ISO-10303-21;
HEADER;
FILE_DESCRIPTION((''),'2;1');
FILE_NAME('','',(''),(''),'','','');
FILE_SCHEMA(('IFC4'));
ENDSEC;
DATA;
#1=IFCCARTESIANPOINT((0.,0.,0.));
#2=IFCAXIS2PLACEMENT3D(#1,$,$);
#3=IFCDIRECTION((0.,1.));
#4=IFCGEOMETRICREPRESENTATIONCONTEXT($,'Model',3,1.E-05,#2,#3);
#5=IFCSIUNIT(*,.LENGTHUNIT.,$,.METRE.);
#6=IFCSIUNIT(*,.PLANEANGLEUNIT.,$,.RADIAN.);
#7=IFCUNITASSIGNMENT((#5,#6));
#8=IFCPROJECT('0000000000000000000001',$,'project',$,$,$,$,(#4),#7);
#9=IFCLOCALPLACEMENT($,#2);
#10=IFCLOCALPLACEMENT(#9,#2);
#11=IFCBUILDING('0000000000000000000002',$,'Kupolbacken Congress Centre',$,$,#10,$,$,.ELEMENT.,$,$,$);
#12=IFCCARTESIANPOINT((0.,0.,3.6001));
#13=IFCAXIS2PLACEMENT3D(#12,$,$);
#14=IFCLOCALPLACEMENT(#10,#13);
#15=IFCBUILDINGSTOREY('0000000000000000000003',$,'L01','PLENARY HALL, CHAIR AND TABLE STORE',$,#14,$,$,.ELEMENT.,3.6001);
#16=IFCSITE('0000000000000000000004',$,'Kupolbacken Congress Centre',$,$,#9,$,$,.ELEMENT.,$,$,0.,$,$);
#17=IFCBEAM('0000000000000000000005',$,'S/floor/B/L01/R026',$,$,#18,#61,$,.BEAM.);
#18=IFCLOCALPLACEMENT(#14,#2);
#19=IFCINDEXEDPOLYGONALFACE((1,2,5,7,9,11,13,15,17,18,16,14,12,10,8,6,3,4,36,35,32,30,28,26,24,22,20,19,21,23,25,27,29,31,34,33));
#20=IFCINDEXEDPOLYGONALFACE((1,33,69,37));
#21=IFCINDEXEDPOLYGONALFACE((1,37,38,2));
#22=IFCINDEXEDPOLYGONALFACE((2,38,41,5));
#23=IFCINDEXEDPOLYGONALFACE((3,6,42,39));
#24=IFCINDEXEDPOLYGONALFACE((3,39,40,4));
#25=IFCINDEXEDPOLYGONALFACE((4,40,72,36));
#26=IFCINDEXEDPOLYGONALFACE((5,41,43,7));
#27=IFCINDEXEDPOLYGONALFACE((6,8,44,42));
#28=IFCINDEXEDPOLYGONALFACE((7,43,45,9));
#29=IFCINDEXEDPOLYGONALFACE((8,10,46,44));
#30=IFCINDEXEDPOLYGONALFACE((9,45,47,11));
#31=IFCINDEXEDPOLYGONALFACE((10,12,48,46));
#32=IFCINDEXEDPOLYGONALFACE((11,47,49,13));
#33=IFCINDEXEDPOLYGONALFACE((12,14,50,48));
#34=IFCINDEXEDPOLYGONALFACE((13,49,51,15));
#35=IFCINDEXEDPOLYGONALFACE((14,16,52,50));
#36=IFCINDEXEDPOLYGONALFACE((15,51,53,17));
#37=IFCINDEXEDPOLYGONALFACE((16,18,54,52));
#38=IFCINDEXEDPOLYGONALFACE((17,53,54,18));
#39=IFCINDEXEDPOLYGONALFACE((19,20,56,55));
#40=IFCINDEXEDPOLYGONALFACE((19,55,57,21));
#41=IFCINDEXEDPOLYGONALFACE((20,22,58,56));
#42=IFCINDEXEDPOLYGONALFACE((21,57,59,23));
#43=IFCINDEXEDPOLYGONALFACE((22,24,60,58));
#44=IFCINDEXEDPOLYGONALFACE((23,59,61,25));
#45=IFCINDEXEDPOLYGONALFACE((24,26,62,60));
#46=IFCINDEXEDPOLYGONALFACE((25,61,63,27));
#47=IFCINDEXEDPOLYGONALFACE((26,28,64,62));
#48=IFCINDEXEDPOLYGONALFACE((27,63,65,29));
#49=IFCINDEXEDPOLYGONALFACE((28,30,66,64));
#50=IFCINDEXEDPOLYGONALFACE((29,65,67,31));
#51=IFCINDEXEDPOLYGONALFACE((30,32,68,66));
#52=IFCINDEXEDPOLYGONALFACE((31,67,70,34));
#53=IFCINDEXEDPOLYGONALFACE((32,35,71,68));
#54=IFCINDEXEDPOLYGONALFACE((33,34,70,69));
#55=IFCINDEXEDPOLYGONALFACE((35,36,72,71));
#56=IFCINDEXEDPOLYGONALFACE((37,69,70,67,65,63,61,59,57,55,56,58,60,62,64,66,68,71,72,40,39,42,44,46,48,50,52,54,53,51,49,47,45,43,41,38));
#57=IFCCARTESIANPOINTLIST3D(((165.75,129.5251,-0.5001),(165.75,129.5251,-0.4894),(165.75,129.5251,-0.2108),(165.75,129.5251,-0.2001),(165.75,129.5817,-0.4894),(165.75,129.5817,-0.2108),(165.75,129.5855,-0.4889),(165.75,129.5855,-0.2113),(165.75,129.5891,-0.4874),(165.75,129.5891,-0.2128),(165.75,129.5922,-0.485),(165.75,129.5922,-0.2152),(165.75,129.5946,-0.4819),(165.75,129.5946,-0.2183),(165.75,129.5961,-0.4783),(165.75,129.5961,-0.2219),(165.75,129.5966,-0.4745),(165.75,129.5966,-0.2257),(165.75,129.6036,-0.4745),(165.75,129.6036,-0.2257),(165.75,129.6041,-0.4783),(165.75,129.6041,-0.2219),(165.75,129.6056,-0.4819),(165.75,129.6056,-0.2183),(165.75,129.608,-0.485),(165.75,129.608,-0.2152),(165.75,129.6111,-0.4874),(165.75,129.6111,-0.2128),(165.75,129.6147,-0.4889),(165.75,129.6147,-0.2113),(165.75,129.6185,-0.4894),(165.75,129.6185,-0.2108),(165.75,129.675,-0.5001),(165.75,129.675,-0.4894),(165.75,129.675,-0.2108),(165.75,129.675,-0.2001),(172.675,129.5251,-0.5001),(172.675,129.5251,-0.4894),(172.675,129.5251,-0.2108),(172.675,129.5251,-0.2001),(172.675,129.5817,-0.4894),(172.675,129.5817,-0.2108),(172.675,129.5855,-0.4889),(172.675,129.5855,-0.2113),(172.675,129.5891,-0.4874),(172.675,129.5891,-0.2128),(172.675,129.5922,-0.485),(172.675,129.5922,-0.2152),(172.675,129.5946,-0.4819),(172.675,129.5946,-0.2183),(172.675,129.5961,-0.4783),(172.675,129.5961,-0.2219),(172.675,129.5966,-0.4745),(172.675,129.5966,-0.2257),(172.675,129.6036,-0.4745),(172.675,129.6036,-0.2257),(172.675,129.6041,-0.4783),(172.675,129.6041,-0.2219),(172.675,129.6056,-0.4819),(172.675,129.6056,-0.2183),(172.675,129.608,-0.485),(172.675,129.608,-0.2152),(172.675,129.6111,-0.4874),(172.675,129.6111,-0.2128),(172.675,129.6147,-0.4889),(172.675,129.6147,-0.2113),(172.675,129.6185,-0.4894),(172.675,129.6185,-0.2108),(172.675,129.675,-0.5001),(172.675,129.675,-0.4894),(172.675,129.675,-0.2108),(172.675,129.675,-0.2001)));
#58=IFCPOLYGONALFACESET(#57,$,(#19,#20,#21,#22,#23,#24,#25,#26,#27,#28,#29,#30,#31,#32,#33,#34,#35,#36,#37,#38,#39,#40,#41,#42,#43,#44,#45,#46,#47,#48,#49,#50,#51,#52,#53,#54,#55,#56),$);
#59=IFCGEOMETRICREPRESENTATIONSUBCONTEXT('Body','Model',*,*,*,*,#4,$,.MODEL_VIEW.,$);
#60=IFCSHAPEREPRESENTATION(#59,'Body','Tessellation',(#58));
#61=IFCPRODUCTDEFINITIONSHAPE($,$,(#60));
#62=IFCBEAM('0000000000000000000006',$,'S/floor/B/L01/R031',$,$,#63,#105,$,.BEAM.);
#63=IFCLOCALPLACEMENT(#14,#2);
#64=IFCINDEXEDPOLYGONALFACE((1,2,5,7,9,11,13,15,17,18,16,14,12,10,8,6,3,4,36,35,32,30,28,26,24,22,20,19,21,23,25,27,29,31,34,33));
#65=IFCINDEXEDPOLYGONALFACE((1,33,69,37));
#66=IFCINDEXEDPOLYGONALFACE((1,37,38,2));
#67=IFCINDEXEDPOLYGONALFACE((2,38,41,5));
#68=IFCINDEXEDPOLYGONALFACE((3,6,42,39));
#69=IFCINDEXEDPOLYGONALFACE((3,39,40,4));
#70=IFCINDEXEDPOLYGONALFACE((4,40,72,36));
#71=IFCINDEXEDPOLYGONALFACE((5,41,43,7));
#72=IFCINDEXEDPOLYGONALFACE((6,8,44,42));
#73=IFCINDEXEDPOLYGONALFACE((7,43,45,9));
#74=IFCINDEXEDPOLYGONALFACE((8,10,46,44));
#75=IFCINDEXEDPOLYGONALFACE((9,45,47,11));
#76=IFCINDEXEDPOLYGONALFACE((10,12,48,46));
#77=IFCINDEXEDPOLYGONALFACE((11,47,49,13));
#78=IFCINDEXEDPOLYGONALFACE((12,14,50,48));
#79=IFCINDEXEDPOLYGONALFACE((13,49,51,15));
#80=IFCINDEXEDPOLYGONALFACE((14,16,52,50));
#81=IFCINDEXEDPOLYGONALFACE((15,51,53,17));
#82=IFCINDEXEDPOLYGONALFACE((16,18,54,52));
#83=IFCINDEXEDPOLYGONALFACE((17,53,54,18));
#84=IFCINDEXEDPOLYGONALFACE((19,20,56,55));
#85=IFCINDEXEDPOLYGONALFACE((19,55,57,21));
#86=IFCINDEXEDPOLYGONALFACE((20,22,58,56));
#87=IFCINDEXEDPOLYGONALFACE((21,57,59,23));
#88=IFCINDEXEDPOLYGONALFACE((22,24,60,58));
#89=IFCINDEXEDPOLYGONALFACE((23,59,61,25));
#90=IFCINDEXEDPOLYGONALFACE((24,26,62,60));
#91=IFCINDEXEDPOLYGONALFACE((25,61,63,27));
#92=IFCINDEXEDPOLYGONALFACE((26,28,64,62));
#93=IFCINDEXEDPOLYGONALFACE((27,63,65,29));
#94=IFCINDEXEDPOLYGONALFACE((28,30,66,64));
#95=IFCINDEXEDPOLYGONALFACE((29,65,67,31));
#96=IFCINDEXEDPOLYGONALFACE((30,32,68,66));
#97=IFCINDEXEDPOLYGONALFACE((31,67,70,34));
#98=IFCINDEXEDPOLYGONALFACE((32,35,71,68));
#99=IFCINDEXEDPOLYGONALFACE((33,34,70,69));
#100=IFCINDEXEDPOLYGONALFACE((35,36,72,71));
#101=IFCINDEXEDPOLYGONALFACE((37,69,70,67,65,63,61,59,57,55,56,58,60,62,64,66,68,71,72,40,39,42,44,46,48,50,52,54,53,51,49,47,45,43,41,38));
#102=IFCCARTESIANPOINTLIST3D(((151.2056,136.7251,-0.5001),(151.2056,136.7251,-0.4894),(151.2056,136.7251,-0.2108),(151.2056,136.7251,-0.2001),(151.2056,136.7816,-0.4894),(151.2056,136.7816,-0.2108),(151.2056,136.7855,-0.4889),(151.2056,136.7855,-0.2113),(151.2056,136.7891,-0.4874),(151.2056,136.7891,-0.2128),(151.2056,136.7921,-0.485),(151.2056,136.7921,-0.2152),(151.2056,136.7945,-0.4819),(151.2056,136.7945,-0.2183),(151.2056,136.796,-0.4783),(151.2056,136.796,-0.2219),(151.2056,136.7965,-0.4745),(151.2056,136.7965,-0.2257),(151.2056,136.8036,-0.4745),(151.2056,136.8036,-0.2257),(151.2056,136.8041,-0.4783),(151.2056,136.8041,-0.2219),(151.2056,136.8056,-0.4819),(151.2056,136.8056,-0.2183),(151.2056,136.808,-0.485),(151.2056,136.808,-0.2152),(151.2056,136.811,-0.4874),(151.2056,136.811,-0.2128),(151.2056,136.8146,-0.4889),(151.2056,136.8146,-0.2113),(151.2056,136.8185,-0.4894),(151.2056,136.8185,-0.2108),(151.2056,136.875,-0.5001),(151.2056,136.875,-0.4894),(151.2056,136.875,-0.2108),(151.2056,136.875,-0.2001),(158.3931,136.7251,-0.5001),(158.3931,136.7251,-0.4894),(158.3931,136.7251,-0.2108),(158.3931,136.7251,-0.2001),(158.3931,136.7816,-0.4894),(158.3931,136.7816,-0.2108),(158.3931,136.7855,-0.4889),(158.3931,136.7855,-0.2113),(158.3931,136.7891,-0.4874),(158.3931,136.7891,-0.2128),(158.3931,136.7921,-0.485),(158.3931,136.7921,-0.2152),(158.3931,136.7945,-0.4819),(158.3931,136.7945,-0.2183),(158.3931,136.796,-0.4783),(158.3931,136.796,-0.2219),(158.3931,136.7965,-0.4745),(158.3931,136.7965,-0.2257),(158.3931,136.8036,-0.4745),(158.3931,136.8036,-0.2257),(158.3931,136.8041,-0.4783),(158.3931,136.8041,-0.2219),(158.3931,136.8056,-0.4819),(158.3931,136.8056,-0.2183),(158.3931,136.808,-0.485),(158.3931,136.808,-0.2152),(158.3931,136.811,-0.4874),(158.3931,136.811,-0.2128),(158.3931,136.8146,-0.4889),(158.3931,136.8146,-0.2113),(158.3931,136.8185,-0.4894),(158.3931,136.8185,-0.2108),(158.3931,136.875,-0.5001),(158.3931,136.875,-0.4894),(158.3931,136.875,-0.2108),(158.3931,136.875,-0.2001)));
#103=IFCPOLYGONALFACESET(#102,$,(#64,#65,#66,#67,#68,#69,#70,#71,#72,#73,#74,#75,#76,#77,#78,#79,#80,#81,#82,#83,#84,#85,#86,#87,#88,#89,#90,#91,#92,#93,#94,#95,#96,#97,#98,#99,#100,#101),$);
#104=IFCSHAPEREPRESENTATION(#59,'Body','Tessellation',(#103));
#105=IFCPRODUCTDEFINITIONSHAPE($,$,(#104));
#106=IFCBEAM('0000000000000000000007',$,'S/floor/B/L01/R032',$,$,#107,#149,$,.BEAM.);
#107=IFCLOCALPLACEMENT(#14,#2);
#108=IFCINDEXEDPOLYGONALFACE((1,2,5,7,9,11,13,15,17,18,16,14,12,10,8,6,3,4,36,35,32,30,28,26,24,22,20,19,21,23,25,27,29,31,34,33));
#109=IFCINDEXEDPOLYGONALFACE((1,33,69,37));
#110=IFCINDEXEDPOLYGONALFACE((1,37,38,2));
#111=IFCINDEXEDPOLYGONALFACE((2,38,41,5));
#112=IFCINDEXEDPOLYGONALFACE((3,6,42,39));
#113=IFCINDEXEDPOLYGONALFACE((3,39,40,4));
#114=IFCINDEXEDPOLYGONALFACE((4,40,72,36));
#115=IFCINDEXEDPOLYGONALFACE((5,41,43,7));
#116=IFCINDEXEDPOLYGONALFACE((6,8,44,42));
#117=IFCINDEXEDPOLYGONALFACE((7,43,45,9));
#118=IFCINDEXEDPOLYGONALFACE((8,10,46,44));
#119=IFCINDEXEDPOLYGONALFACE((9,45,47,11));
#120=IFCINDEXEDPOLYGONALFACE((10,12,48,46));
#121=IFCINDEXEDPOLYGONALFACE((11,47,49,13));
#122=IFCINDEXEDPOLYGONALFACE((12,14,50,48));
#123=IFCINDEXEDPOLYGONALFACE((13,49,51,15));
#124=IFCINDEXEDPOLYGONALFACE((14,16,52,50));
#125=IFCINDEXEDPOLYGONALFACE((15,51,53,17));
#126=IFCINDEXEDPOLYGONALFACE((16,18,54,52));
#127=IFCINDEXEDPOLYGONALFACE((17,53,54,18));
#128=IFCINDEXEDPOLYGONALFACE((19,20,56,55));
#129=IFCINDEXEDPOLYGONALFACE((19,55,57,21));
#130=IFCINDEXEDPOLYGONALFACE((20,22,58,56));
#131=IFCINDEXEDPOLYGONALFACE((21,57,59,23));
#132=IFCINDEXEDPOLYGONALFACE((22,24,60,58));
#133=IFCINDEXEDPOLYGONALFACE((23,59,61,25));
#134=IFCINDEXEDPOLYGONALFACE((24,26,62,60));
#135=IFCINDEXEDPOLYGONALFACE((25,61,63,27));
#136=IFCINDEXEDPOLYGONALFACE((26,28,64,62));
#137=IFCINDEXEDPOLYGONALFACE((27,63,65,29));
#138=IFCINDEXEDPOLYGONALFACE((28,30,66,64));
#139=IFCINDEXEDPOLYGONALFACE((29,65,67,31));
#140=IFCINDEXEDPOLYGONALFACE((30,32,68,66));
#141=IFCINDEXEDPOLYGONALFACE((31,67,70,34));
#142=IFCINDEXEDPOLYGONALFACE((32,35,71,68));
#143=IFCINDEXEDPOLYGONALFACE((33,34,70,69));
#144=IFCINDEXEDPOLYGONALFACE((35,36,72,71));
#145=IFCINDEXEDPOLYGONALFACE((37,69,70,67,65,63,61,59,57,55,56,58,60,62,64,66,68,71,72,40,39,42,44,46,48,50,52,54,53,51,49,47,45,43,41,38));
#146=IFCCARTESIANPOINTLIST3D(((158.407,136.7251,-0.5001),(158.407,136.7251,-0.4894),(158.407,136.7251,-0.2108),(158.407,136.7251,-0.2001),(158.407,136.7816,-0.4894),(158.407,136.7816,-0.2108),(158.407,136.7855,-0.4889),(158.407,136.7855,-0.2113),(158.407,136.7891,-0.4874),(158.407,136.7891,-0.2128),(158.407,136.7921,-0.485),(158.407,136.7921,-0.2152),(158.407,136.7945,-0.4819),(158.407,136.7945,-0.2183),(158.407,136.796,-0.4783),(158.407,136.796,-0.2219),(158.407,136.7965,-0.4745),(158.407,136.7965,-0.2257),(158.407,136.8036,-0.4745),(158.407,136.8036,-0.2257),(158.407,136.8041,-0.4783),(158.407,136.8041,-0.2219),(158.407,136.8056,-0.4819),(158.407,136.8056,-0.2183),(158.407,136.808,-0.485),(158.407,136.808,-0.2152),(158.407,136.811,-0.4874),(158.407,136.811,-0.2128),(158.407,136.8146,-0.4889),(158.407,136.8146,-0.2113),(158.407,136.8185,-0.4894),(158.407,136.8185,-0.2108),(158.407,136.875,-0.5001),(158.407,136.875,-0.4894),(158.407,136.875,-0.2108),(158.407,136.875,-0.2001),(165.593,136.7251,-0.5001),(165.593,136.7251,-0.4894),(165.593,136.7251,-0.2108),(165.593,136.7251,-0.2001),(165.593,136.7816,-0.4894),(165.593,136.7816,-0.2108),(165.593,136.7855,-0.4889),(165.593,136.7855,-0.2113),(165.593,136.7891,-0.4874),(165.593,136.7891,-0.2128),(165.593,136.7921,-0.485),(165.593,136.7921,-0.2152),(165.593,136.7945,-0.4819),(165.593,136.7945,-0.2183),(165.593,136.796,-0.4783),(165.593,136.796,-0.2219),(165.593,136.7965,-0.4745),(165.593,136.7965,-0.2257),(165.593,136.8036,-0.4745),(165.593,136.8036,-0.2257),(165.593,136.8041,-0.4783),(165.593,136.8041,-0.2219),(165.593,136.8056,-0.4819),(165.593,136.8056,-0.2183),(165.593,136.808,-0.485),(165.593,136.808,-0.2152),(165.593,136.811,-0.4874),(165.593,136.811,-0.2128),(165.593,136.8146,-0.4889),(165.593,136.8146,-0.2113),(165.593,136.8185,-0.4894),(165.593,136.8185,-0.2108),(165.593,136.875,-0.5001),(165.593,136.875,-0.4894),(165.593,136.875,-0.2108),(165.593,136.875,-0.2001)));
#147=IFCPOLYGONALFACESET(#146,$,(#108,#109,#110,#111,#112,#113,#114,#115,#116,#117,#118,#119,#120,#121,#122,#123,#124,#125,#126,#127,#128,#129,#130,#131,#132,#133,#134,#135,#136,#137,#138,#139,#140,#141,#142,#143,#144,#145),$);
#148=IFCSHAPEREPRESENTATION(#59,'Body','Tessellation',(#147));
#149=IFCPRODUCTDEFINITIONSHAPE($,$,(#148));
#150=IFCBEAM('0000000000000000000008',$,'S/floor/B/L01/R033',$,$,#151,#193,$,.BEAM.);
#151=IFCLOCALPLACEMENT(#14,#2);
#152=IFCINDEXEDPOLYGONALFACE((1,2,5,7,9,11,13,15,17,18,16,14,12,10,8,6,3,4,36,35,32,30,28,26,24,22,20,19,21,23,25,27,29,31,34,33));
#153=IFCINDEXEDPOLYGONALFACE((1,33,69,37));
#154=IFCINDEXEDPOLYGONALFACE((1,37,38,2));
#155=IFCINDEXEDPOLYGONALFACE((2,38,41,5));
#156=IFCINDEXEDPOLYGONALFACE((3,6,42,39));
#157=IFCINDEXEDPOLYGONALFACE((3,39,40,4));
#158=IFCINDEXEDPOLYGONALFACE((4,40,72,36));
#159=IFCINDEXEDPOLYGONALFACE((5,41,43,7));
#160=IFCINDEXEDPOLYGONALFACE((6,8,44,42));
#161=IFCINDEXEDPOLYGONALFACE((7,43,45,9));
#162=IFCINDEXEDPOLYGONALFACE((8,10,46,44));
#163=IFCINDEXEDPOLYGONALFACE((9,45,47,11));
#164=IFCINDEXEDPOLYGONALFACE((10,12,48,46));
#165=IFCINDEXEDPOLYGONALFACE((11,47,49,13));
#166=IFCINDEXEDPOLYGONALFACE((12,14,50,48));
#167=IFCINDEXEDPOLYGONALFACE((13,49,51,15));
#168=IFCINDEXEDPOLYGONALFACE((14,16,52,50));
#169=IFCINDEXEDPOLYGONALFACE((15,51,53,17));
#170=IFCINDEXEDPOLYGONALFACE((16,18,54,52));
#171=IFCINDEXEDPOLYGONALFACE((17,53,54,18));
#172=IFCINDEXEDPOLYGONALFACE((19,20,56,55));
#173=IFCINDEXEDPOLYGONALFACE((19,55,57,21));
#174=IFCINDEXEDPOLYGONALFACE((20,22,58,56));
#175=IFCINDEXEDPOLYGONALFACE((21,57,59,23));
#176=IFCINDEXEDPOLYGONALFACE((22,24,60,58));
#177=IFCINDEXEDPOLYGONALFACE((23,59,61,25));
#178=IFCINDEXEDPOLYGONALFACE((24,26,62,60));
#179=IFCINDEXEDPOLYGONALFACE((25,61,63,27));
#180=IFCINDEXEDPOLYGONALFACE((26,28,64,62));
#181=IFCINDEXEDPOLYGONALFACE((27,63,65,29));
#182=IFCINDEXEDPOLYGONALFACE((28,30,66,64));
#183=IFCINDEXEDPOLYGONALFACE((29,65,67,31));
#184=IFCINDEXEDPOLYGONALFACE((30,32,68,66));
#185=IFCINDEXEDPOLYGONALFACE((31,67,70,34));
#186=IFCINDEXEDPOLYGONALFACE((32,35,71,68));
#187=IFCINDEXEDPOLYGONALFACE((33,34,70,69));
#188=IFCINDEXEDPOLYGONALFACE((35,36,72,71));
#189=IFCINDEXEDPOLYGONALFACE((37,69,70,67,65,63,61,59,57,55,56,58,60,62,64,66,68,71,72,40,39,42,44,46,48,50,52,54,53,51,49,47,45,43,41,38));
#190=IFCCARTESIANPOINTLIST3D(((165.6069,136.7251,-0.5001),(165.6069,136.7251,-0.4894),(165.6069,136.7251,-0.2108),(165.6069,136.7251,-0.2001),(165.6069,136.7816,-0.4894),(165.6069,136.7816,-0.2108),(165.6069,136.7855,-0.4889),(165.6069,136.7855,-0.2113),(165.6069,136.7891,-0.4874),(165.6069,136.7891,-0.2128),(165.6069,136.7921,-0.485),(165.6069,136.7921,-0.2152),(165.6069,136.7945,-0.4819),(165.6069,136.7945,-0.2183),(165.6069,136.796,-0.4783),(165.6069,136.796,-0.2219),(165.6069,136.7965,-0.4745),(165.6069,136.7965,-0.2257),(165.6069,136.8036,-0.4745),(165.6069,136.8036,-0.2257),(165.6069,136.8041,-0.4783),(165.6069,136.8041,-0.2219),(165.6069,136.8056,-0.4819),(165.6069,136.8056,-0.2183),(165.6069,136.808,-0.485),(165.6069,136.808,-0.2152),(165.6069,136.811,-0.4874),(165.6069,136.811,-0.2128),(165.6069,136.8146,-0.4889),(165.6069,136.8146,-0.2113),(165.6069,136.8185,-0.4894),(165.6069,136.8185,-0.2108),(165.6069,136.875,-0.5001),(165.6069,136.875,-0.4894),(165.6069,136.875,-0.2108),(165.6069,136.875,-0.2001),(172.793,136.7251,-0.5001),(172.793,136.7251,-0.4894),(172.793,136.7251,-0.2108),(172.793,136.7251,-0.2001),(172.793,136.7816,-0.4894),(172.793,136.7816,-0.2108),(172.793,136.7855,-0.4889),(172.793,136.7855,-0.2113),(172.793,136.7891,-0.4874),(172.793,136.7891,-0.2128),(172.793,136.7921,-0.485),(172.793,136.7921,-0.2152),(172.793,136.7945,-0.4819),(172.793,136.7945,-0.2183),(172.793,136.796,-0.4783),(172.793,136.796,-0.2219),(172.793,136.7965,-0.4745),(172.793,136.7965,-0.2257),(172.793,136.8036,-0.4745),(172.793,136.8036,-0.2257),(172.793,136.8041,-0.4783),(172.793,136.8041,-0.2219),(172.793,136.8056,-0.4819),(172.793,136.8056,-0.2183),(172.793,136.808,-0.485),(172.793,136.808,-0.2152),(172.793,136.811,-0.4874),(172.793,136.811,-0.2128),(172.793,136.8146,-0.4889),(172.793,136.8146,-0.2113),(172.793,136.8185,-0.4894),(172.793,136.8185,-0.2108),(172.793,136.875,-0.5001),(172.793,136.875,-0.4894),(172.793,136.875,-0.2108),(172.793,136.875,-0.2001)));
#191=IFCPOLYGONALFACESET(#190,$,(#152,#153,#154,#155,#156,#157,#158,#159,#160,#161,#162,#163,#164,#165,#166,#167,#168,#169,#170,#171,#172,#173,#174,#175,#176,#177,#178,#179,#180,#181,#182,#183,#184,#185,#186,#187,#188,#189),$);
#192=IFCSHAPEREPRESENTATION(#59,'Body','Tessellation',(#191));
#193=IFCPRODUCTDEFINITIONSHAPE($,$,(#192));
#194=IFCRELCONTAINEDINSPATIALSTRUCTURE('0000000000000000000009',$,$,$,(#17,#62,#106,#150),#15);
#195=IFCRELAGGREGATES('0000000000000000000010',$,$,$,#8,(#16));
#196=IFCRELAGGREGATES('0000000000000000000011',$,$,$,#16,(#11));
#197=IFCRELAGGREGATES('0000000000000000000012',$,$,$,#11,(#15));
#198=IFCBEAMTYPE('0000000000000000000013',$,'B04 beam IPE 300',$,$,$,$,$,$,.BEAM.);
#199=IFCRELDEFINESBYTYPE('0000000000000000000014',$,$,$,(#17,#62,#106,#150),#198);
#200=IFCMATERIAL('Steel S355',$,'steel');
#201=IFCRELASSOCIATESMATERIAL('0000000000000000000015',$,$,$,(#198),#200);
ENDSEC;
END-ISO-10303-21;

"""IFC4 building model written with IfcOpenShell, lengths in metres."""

from ifc_helpers import new_model, si_unit, direction, frame, origin, origin_2d, place, context, subcontext, project, spatial, i_section, extrude, material, material_profile, profile_set, type_object, element, save


model = new_model("IFC4")

# Units and contexts
model_context = context("Model", 3, precision=1e-05, world=origin(), true_north=direction((0.0, 1.0)))
body_context = subcontext(model_context, "Body", "Model", "MODEL_VIEW")
ifc_project = project(units=[si_unit("LENGTHUNIT", "METRE"), si_unit("PLANEANGLEUNIT", "RADIAN")], contexts=[model_context])

# Site, building, storey
site_placement = place(None, origin())
site = spatial("IfcSite", under=ifc_project, at=site_placement, Name="Kupolbacken Congress Centre", CompositionType="ELEMENT", RefElevation=0.0)
building_placement = place(site_placement, origin())
building = spatial("IfcBuilding", under=site, at=building_placement, Name="Kupolbacken Congress Centre", CompositionType="ELEMENT")
storey_placement = place(building_placement, frame((0.0, 0.0, 3.6001)))
storey = spatial("IfcBuildingStorey", under=building, at=storey_placement, Name="L01", Description="PLENARY HALL, CHAIR AND TABLE STORE", CompositionType="ELEMENT", Elevation=3.6001)

# Beams
ifc_material_1 = material(Name="Steel S355", Category="steel")
ifc_material_profile_1 = material_profile(ifc_material_1, i_section(OverallWidth=0.1499, OverallDepth=0.3, WebThickness=0.0071, FlangeThickness=0.0107, FilletRadius=0.0149, at=origin_2d()), Name="IPE 300")
ifc_profile_set_1 = profile_set([ifc_material_profile_1], Name="Steel S355")
beam_type_1 = type_object("IfcBeamType", Name="B04 beam IPE 300", PredefinedType="BEAM", material=ifc_profile_set_1)
beam_1_placement = place(storey_placement, frame((165.75, 129.6001, -0.3501), z_axis=(1.0, 0.0, 0.0), x_axis=(0.0, 1.0, 0.0)))
element("IfcBeam", 1, at=beam_1_placement, inside=storey, type_object=beam_type_1, Name="S/floor/B/L01/R026", PredefinedType="BEAM", context=body_context, shape_type="SweptSolid", body=[
    extrude(i_section(OverallWidth=0.1499, OverallDepth=0.3, WebThickness=0.0071, FlangeThickness=0.0107, FilletRadius=0.0149, at=origin_2d()), origin(), (0.0, 0.0, 1.0), 6.925),
])
beam_2_placement = place(storey_placement, frame((151.2056, 136.8, -0.3501), z_axis=(1.0, 0.0, 0.0), x_axis=(0.0, 1.0, 0.0)))
element("IfcBeam", 2, at=beam_2_placement, inside=storey, type_object=beam_type_1, Name="S/floor/B/L01/R031", PredefinedType="BEAM", context=body_context, shape_type="SweptSolid", body=[
    extrude(i_section(OverallWidth=0.1499, OverallDepth=0.3, WebThickness=0.0071, FlangeThickness=0.0107, FilletRadius=0.0149, at=origin_2d()), origin(), (0.0, 0.0, 1.0), 7.1875),
])
for number, where, z_axis, x_axis, name in (
    (3, (158.407, 136.8, -0.3501), (1.0, 0.0, 0.0), (0.0, 1.0, 0.0), "S/floor/B/L01/R032"),
    (4, (165.6069, 136.8, -0.3501), (1.0, 0.0, 0.0), (0.0, 1.0, 0.0), "S/floor/B/L01/R033"),
):
    element("IfcBeam", number, at=place(storey_placement, frame(where, z_axis=z_axis, x_axis=x_axis)), inside=storey, type_object=beam_type_1, Name=name, PredefinedType="BEAM", context=body_context, shape_type="SweptSolid", body=[
        extrude(i_section(OverallWidth=0.1499, OverallDepth=0.3, WebThickness=0.0071, FlangeThickness=0.0107, FilletRadius=0.0149, at=origin_2d()), origin(), (0.0, 0.0, 1.0), 7.186),
    ])

save(model, "model.ifc")
